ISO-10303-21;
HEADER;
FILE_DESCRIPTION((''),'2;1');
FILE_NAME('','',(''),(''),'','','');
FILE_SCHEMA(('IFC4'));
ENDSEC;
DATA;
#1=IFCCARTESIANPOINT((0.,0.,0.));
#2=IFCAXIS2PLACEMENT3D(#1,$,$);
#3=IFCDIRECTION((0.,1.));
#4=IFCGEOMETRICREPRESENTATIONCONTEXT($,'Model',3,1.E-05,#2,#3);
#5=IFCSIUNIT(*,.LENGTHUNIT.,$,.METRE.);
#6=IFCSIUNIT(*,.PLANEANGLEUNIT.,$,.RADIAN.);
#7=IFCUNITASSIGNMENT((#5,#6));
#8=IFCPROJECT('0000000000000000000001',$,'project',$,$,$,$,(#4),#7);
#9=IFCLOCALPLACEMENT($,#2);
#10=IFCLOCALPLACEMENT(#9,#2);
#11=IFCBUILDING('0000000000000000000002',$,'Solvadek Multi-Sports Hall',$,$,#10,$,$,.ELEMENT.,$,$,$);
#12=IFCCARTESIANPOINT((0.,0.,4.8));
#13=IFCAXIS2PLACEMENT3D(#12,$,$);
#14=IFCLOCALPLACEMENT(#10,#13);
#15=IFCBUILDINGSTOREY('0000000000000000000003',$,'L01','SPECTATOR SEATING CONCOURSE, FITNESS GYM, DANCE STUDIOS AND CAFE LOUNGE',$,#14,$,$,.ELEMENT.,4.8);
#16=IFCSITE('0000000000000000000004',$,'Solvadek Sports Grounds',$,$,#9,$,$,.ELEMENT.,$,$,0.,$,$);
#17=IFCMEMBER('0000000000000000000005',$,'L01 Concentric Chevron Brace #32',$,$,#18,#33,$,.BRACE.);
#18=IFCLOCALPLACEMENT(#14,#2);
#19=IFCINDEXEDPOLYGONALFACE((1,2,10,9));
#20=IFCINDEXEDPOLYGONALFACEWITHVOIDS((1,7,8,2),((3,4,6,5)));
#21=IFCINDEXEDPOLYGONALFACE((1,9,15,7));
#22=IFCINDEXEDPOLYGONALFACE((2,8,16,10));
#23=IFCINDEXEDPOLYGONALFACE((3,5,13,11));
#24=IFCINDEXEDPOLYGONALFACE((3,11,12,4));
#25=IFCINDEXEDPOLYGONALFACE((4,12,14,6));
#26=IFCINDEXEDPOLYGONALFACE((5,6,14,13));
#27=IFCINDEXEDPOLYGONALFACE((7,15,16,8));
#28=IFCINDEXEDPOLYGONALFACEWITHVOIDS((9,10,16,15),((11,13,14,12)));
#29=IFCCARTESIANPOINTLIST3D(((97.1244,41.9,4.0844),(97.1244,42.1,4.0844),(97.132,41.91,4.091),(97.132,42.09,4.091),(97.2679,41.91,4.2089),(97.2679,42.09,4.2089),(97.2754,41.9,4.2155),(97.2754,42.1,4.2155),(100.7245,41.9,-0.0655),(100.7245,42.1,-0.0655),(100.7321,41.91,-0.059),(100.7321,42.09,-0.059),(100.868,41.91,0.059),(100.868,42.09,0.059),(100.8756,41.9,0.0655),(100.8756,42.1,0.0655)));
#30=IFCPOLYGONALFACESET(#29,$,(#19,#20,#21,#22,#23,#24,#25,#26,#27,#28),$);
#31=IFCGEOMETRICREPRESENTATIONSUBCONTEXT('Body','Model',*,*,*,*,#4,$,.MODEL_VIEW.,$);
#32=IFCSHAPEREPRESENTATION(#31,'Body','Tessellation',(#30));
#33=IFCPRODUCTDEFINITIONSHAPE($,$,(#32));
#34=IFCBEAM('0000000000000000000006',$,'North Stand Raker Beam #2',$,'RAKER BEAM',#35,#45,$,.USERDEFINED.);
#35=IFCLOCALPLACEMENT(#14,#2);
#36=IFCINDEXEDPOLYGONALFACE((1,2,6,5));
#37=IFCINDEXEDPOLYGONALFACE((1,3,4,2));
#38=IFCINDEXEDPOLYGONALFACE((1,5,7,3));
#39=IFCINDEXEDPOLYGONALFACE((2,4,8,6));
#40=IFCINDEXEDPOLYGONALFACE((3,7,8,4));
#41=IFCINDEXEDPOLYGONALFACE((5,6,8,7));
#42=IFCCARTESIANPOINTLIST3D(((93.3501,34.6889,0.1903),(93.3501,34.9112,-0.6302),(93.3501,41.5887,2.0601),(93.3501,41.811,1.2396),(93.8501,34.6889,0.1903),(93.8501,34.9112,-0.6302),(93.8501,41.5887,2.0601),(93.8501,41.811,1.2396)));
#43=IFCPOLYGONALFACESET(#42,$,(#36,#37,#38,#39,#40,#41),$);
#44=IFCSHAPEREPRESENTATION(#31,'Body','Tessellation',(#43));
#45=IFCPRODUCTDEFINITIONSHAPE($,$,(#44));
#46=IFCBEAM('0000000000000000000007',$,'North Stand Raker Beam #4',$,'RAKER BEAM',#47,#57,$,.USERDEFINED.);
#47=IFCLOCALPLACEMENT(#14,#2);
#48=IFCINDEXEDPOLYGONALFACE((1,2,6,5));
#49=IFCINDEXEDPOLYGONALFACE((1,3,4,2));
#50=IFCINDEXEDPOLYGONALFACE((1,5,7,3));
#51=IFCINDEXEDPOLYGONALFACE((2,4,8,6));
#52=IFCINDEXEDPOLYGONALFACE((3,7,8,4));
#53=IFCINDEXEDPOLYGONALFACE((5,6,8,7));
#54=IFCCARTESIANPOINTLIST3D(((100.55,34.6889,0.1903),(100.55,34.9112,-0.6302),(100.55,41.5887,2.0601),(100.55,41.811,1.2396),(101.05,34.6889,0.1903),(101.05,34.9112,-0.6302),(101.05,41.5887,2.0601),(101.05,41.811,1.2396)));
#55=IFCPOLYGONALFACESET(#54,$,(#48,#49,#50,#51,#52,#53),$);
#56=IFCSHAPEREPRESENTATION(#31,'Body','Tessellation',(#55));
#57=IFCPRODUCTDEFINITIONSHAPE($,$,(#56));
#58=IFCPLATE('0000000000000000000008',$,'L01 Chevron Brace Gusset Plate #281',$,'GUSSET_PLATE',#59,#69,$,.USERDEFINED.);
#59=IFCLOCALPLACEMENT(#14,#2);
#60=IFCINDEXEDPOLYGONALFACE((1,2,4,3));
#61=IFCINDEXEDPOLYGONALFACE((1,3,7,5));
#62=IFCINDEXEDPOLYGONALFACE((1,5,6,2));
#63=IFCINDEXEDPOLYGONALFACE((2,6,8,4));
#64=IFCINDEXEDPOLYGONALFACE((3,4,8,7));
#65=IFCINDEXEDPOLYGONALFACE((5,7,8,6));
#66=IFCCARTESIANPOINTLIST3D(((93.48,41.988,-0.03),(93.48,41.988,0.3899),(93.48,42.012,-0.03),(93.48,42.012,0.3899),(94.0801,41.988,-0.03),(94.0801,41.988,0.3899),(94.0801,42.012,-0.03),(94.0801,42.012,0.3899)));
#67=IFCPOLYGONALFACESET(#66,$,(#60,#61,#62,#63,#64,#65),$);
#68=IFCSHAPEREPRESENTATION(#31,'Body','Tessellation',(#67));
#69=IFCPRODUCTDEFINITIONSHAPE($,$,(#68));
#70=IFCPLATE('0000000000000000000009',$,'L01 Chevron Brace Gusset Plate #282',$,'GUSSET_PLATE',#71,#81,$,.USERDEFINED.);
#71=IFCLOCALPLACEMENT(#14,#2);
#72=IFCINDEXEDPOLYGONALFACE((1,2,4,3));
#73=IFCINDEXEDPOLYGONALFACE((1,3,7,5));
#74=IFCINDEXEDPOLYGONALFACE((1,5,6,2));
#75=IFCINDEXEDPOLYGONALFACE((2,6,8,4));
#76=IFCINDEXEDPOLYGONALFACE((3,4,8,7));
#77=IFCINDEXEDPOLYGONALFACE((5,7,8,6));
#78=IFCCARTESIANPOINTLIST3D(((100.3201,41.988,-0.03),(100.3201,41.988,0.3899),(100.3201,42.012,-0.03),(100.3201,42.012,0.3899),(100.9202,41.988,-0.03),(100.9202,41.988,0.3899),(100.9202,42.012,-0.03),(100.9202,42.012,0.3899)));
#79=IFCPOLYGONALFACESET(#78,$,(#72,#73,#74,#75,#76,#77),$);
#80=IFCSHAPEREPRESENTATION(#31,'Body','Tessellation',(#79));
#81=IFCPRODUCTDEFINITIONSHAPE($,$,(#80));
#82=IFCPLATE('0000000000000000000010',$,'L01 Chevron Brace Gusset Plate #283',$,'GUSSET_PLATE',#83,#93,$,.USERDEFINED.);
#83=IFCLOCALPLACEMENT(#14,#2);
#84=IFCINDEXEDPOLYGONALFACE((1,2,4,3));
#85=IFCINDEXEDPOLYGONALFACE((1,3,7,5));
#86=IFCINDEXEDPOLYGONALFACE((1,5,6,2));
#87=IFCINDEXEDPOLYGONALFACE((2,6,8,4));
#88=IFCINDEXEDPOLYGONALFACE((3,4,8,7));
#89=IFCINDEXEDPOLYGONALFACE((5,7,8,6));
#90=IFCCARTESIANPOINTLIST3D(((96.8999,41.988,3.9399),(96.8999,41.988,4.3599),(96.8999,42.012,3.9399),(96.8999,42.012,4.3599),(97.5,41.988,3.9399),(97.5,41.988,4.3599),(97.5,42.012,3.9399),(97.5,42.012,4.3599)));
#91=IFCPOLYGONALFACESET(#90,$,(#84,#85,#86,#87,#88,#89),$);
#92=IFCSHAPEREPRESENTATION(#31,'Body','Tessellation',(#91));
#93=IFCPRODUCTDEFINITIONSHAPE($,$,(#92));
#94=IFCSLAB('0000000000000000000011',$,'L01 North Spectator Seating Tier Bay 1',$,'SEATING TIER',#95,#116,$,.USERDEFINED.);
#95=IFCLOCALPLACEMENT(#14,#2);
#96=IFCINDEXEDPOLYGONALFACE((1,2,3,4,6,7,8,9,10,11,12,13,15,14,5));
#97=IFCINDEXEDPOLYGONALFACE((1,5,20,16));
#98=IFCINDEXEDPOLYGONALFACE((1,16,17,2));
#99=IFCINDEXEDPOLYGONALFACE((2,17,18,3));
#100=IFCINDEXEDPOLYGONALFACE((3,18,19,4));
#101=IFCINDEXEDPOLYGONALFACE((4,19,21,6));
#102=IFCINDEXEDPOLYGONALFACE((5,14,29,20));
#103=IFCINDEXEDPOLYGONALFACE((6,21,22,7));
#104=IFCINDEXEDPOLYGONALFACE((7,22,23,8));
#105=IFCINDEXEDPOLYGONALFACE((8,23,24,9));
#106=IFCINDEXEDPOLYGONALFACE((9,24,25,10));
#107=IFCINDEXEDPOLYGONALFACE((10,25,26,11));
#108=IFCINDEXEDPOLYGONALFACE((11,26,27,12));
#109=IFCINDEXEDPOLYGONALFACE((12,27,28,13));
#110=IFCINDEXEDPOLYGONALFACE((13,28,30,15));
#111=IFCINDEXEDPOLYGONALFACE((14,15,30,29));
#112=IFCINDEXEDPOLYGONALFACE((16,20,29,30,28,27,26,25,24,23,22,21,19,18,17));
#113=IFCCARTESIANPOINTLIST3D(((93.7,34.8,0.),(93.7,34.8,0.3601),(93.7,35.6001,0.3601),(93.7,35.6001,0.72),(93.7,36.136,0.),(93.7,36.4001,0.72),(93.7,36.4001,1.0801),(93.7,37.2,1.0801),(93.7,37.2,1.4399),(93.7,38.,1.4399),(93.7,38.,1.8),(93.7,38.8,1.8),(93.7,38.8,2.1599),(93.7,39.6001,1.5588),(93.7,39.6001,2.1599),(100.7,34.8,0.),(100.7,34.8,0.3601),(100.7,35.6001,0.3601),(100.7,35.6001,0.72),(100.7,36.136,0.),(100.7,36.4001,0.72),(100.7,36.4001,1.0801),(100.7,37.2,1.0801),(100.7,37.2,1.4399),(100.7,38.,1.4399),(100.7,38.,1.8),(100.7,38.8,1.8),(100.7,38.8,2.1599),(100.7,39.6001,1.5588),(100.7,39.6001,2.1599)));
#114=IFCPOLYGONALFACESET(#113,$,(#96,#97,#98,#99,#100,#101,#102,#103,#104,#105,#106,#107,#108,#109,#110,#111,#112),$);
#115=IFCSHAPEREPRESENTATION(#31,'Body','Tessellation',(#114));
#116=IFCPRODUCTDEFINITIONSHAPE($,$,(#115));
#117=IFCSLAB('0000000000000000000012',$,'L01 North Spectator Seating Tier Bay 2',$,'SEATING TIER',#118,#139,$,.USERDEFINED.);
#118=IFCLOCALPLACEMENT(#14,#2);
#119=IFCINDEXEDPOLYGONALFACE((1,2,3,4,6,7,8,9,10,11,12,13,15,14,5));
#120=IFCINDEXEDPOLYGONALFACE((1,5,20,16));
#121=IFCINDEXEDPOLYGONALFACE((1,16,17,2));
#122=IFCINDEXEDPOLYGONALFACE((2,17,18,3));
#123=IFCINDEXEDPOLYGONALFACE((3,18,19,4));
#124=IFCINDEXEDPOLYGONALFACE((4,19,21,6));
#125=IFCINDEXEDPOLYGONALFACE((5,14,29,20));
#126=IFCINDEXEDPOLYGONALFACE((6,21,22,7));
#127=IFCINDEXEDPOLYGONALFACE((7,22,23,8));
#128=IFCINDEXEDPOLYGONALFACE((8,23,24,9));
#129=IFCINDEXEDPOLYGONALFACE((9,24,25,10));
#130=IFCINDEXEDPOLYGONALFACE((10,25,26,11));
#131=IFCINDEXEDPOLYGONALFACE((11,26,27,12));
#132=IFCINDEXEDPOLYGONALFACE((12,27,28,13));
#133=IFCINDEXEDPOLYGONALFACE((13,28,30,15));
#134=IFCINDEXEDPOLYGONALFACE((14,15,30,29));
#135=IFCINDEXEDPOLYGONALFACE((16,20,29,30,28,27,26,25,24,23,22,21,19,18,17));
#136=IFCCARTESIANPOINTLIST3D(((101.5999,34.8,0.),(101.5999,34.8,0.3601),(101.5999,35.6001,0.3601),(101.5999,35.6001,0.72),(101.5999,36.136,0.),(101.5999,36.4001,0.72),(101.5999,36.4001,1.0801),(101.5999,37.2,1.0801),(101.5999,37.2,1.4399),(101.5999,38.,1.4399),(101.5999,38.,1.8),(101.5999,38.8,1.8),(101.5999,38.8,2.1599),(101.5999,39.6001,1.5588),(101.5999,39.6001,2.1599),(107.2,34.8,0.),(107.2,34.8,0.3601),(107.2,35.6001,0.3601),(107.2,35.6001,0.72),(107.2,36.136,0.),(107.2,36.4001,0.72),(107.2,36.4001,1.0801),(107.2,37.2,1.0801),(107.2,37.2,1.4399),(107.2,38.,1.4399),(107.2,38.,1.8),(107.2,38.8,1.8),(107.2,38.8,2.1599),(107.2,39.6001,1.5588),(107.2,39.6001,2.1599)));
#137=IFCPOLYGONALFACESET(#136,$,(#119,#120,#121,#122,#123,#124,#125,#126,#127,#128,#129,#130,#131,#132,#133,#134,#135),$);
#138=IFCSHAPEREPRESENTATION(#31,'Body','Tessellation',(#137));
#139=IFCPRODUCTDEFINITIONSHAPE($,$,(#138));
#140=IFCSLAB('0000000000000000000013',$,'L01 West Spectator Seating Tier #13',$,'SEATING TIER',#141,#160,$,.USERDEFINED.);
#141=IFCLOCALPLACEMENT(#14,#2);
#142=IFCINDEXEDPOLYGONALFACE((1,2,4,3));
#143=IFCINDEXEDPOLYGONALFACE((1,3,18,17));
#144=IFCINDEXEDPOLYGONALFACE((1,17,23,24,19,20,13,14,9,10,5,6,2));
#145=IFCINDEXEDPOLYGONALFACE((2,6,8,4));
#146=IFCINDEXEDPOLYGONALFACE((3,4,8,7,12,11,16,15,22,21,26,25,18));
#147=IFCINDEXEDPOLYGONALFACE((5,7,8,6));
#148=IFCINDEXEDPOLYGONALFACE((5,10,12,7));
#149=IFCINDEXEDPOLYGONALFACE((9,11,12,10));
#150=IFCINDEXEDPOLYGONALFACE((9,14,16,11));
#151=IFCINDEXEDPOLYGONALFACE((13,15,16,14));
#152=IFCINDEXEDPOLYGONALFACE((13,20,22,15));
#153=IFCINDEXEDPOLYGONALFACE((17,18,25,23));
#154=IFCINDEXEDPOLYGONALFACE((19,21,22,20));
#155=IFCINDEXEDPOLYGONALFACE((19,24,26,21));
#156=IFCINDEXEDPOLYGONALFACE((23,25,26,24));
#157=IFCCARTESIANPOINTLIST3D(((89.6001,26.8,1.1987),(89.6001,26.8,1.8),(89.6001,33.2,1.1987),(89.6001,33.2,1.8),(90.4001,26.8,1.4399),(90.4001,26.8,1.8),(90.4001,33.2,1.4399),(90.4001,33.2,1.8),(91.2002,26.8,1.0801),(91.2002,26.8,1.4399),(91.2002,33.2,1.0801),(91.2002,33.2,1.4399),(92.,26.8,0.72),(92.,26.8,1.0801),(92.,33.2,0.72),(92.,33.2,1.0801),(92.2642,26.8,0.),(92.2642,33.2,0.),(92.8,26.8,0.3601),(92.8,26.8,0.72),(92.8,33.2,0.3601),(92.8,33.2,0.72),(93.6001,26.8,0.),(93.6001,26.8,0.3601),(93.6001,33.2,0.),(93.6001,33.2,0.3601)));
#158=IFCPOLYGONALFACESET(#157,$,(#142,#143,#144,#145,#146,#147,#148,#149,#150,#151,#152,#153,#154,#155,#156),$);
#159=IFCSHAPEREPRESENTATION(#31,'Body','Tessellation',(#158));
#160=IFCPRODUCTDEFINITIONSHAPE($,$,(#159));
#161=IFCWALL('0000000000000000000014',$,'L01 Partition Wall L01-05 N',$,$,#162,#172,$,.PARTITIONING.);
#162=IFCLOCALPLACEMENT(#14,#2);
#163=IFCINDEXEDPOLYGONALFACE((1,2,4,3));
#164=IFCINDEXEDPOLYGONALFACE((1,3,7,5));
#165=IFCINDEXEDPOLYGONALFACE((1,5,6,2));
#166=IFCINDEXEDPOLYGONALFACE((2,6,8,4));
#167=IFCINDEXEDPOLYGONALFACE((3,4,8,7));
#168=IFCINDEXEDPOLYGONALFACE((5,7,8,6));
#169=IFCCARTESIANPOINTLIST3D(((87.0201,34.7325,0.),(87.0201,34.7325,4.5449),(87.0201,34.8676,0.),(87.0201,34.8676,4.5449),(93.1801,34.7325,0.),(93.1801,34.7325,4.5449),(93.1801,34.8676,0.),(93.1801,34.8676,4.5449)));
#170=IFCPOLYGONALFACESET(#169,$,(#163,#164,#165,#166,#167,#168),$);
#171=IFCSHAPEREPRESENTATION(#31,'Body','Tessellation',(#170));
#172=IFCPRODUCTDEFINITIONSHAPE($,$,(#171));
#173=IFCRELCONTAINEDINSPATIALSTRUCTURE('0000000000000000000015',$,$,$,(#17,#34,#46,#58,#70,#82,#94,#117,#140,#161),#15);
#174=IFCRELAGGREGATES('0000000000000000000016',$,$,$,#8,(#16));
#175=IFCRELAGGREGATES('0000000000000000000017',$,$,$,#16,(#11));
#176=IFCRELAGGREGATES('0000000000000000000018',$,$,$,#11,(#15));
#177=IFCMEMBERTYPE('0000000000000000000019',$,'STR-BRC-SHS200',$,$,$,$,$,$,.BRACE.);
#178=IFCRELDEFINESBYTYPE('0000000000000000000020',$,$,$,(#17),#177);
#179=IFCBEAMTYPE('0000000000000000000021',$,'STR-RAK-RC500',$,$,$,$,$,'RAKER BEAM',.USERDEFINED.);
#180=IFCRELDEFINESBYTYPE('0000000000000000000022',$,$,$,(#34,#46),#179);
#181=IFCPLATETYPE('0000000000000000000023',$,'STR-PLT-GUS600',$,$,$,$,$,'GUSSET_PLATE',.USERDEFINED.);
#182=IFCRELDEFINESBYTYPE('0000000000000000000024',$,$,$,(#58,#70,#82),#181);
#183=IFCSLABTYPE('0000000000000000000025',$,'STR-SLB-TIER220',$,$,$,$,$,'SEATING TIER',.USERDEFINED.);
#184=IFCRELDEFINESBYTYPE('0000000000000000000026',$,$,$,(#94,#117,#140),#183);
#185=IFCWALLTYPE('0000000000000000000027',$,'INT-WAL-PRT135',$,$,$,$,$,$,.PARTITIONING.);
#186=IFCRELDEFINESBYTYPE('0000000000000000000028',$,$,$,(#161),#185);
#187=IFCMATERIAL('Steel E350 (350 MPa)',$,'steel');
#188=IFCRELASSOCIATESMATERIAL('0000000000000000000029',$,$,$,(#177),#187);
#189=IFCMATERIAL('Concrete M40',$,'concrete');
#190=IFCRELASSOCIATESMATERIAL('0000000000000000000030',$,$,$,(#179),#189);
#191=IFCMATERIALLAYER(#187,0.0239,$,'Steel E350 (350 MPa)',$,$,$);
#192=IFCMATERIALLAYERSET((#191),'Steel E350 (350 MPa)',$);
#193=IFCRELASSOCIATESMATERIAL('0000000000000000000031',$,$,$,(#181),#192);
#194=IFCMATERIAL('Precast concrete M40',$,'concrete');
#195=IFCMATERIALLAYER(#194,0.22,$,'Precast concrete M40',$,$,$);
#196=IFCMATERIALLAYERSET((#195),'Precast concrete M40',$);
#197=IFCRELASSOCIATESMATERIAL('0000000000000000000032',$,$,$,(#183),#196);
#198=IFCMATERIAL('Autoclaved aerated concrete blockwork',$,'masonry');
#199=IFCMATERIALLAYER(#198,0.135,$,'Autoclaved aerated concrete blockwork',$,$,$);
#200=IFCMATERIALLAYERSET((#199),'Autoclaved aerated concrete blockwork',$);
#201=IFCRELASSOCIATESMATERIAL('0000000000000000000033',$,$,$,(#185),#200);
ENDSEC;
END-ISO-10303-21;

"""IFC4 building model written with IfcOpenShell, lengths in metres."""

from ifc_helpers import new_model, si_unit, direction, frame, frame_2d, origin, origin_2d, place, context, subcontext, project, spatial, polyline, rectangle, hollow_rectangle, outline, extrude, material, layer, layer_set, material_profile, profile_set, type_object, element, save


model = new_model("IFC4")

# Units and contexts
model_context = context("Model", 3, precision=1e-05, world=origin(), true_north=direction((0.0, 1.0)))
body_context = subcontext(model_context, "Body", "Model", "MODEL_VIEW")
ifc_project = project(units=[si_unit("LENGTHUNIT", "METRE"), si_unit("PLANEANGLEUNIT", "RADIAN")], contexts=[model_context])

# Site, building, storey
site_placement = place(None, origin())
site = spatial("IfcSite", under=ifc_project, at=site_placement, Name="Solvadek Sports Grounds", CompositionType="ELEMENT", RefElevation=0.0)
building_placement = place(site_placement, origin())
building = spatial("IfcBuilding", under=site, at=building_placement, Name="Solvadek Multi-Sports Hall", CompositionType="ELEMENT")
storey_placement = place(building_placement, frame((0.0, 0.0, 4.8)))
storey = spatial("IfcBuildingStorey", under=building, at=storey_placement, Name="L01", Description="SPECTATOR SEATING CONCOURSE, FITNESS GYM, DANCE STUDIOS AND CAFE LOUNGE", CompositionType="ELEMENT", Elevation=4.8)

# Shared definitions
ifc_material_1 = material(Name="Steel E350 (350 MPa)", Category="steel")

# Member
ifc_material_profile_1 = material_profile(ifc_material_1, hollow_rectangle(XDim=0.2, YDim=0.2, WallThickness=0.01, at=origin_2d()), Name="SHS 200x200x10")
ifc_profile_set_1 = profile_set([ifc_material_profile_1], Name="Steel E350 (350 MPa)")
member_type = type_object("IfcMemberType", Name="STR-BRC-SHS200", PredefinedType="BRACE", material=ifc_profile_set_1)
member_1_placement = place(storey_placement, frame((100.8, 42.0, 0.0), z_axis=(-0.655296, 0.0, 0.755372), x_axis=(0.0, -1.0, 0.0)))
element("IfcMember", 1, at=member_1_placement, inside=storey, type_object=member_type, Name="L01 Concentric Chevron Brace #32", PredefinedType="BRACE", context=body_context, shape_type="SweptSolid", body=[
    extrude(hollow_rectangle(XDim=0.2, YDim=0.2, WallThickness=0.01, at=origin_2d()), origin(), (0.0, 0.0, 1.0), 5.4939),
])

# Beams
ifc_material_2 = material(Name="Concrete M40", Category="concrete")
ifc_material_profile_2 = material_profile(ifc_material_2, rectangle(XDim=0.5, YDim=0.8501, at=origin_2d()), Name="RC RAKER 500x850")
ifc_profile_set_2 = profile_set([ifc_material_profile_2], Name="Concrete M40")
beam_type_1 = type_object("IfcBeamType", Name="STR-RAK-RC500", ElementType="RAKER BEAM", PredefinedType="USERDEFINED", material=ifc_profile_set_2)
for number, where, z_axis, x_axis, name in (
    (2, (93.6001, 34.8, -0.22), (0.0, 0.965186, 0.261565), (-1.0, 0.0, 0.0), "North Stand Raker Beam #2"),
    (3, (100.8, 34.8, -0.22), (0.0, 0.965186, 0.261565), (-1.0, 0.0, 0.0), "North Stand Raker Beam #4"),
):
    element("IfcBeam", number, at=place(storey_placement, frame(where, z_axis=z_axis, x_axis=x_axis)), inside=storey, type_object=beam_type_1, Name=name, ObjectType="RAKER BEAM", PredefinedType="USERDEFINED", context=body_context, shape_type="SweptSolid", body=[
        extrude(rectangle(XDim=0.5, YDim=0.8501, at=origin_2d()), origin(), (0.0, 0.0, 1.0), 7.1487),
    ])

# Plates
ifc_layer_1 = layer(ifc_material_1, 0.0239, Name="Steel E350 (350 MPa)")
ifc_layer_set_1 = layer_set([ifc_layer_1], Name="Steel E350 (350 MPa)")
plate_type = type_object("IfcPlateType", Name="STR-PLT-GUS600", ElementType="GUSSET_PLATE", PredefinedType="USERDEFINED", material=ifc_layer_set_1)
for number, where, z_axis, x_axis, name in (
    (4, (93.78, 42.0, -0.03), (0.0, 0.0, 1.0), (1.0, 0.0, 0.0), "L01 Chevron Brace Gusset Plate #281"),
    (5, (100.6201, 42.0, -0.03), (0.0, 0.0, 1.0), (1.0, 0.0, 0.0), "L01 Chevron Brace Gusset Plate #282"),
    (6, (97.2, 42.0, 3.9399), (0.0, 0.0, 1.0), (1.0, 0.0, 0.0), "L01 Chevron Brace Gusset Plate #283"),
):
    element("IfcPlate", number, at=place(storey_placement, frame(where, z_axis=z_axis, x_axis=x_axis)), inside=storey, type_object=plate_type, Name=name, ObjectType="GUSSET_PLATE", PredefinedType="USERDEFINED", context=body_context, shape_type="SweptSolid", body=[
        extrude(rectangle(XDim=0.6001, YDim=0.0239, at=origin_2d()), origin(), (0.0, 0.0, 1.0), 0.4199),
    ])

# Slabs
ifc_material_3 = material(Name="Precast concrete M40", Category="concrete")
ifc_layer_2 = layer(ifc_material_3, 0.22, Name="Precast concrete M40")
ifc_layer_set_2 = layer_set([ifc_layer_2], Name="Precast concrete M40")
slab_type = type_object("IfcSlabType", Name="STR-SLB-TIER220", ElementType="SEATING TIER", PredefinedType="USERDEFINED", material=ifc_layer_set_2)
slab_1_placement = place(storey_placement, frame((97.2, 34.8, 0.0), z_axis=(0.0, 0.0, 1.0), x_axis=(0.0, 1.0, 0.0)))
element("IfcSlab", 7, at=slab_1_placement, inside=storey, type_object=slab_type, Name="L01 North Spectator Seating Tier Bay 1", ObjectType="SEATING TIER", PredefinedType="USERDEFINED", context=body_context, shape_type="SweptSolid", body=[
    extrude(outline(polyline([(0.0, 0.0), (0.0, 0.3601), (0.8, 0.3601), (0.8, 0.72), (1.6001, 0.72), (1.6001, 1.0801), (2.3999, 1.0801), (2.3999, 1.4399), (3.2, 1.4399), (3.2, 1.8), (4.0, 1.8), (4.0, 2.1599), (4.8, 2.1599), (4.8, 1.5588), (1.3359, 0.0), (0.0, 0.0)])), frame((0.0, 3.5, 0.0), z_axis=(0.0, -1.0, 0.0), x_axis=(1.0, 0.0, 0.0)), (0.0, 0.0, 1.0), 7.0),
])
slab_2_placement = place(storey_placement, frame((104.3999, 34.8, 0.0), z_axis=(0.0, 0.0, 1.0), x_axis=(0.0, 1.0, 0.0)))
element("IfcSlab", 8, at=slab_2_placement, inside=storey, type_object=slab_type, Name="L01 North Spectator Seating Tier Bay 2", ObjectType="SEATING TIER", PredefinedType="USERDEFINED", context=body_context, shape_type="SweptSolid", body=[
    extrude(outline(polyline([(0.0, 0.0), (0.0, 0.3601), (0.8, 0.3601), (0.8, 0.72), (1.6001, 0.72), (1.6001, 1.0801), (2.3999, 1.0801), (2.3999, 1.4399), (3.2, 1.4399), (3.2, 1.8), (4.0, 1.8), (4.0, 2.1599), (4.8, 2.1599), (4.8, 1.5588), (1.3359, 0.0), (0.0, 0.0)])), frame((0.0, 2.8, 0.0), z_axis=(0.0, -1.0, 0.0), x_axis=(1.0, 0.0, 0.0)), (0.0, 0.0, 1.0), 5.6001),
])
slab_3_placement = place(storey_placement, frame((93.6001, 30.0, 0.0), z_axis=(0.0, 0.0, 1.0), x_axis=(-1.0, 0.0, 0.0)))
element("IfcSlab", 9, at=slab_3_placement, inside=storey, type_object=slab_type, Name="L01 West Spectator Seating Tier #13", ObjectType="SEATING TIER", PredefinedType="USERDEFINED", context=body_context, shape_type="SweptSolid", body=[
    extrude(outline(polyline([(0.0, 0.0), (0.0, 0.3601), (0.8, 0.3601), (0.8, 0.72), (1.6001, 0.72), (1.6001, 1.0801), (2.3999, 1.0801), (2.3999, 1.4399), (3.2, 1.4399), (3.2, 1.8), (4.0, 1.8), (4.0, 1.1987), (1.3359, 0.0), (0.0, 0.0)])), frame((0.0, 3.2, 0.0), z_axis=(0.0, -1.0, 0.0), x_axis=(1.0, 0.0, 0.0)), (0.0, 0.0, 1.0), 6.3999),
])

# Wall
ifc_material_4 = material(Name="Autoclaved aerated concrete blockwork", Category="masonry")
ifc_layer_3 = layer(ifc_material_4, 0.135, Name="Autoclaved aerated concrete blockwork")
ifc_layer_set_3 = layer_set([ifc_layer_3], Name="Autoclaved aerated concrete blockwork")
wall_type = type_object("IfcWallType", Name="INT-WAL-PRT135", PredefinedType="PARTITIONING", material=ifc_layer_set_3)
wall_placement = place(storey_placement, frame((87.02, 34.8, 0.0), z_axis=(0.0, 0.0, 1.0), x_axis=(1.0, 0.0, 0.0)))
element("IfcWall", 10, at=wall_placement, inside=storey, type_object=wall_type, Name="L01 Partition Wall L01-05 N", PredefinedType="PARTITIONING", context=body_context, shape_type="SweptSolid", body=[
    extrude(rectangle(XDim=6.1599, YDim=0.135, at=frame_2d((3.0801, 0.0))), origin(), (0.0, 0.0, 1.0), 4.5449),
])

save(model, "model.ifc")
